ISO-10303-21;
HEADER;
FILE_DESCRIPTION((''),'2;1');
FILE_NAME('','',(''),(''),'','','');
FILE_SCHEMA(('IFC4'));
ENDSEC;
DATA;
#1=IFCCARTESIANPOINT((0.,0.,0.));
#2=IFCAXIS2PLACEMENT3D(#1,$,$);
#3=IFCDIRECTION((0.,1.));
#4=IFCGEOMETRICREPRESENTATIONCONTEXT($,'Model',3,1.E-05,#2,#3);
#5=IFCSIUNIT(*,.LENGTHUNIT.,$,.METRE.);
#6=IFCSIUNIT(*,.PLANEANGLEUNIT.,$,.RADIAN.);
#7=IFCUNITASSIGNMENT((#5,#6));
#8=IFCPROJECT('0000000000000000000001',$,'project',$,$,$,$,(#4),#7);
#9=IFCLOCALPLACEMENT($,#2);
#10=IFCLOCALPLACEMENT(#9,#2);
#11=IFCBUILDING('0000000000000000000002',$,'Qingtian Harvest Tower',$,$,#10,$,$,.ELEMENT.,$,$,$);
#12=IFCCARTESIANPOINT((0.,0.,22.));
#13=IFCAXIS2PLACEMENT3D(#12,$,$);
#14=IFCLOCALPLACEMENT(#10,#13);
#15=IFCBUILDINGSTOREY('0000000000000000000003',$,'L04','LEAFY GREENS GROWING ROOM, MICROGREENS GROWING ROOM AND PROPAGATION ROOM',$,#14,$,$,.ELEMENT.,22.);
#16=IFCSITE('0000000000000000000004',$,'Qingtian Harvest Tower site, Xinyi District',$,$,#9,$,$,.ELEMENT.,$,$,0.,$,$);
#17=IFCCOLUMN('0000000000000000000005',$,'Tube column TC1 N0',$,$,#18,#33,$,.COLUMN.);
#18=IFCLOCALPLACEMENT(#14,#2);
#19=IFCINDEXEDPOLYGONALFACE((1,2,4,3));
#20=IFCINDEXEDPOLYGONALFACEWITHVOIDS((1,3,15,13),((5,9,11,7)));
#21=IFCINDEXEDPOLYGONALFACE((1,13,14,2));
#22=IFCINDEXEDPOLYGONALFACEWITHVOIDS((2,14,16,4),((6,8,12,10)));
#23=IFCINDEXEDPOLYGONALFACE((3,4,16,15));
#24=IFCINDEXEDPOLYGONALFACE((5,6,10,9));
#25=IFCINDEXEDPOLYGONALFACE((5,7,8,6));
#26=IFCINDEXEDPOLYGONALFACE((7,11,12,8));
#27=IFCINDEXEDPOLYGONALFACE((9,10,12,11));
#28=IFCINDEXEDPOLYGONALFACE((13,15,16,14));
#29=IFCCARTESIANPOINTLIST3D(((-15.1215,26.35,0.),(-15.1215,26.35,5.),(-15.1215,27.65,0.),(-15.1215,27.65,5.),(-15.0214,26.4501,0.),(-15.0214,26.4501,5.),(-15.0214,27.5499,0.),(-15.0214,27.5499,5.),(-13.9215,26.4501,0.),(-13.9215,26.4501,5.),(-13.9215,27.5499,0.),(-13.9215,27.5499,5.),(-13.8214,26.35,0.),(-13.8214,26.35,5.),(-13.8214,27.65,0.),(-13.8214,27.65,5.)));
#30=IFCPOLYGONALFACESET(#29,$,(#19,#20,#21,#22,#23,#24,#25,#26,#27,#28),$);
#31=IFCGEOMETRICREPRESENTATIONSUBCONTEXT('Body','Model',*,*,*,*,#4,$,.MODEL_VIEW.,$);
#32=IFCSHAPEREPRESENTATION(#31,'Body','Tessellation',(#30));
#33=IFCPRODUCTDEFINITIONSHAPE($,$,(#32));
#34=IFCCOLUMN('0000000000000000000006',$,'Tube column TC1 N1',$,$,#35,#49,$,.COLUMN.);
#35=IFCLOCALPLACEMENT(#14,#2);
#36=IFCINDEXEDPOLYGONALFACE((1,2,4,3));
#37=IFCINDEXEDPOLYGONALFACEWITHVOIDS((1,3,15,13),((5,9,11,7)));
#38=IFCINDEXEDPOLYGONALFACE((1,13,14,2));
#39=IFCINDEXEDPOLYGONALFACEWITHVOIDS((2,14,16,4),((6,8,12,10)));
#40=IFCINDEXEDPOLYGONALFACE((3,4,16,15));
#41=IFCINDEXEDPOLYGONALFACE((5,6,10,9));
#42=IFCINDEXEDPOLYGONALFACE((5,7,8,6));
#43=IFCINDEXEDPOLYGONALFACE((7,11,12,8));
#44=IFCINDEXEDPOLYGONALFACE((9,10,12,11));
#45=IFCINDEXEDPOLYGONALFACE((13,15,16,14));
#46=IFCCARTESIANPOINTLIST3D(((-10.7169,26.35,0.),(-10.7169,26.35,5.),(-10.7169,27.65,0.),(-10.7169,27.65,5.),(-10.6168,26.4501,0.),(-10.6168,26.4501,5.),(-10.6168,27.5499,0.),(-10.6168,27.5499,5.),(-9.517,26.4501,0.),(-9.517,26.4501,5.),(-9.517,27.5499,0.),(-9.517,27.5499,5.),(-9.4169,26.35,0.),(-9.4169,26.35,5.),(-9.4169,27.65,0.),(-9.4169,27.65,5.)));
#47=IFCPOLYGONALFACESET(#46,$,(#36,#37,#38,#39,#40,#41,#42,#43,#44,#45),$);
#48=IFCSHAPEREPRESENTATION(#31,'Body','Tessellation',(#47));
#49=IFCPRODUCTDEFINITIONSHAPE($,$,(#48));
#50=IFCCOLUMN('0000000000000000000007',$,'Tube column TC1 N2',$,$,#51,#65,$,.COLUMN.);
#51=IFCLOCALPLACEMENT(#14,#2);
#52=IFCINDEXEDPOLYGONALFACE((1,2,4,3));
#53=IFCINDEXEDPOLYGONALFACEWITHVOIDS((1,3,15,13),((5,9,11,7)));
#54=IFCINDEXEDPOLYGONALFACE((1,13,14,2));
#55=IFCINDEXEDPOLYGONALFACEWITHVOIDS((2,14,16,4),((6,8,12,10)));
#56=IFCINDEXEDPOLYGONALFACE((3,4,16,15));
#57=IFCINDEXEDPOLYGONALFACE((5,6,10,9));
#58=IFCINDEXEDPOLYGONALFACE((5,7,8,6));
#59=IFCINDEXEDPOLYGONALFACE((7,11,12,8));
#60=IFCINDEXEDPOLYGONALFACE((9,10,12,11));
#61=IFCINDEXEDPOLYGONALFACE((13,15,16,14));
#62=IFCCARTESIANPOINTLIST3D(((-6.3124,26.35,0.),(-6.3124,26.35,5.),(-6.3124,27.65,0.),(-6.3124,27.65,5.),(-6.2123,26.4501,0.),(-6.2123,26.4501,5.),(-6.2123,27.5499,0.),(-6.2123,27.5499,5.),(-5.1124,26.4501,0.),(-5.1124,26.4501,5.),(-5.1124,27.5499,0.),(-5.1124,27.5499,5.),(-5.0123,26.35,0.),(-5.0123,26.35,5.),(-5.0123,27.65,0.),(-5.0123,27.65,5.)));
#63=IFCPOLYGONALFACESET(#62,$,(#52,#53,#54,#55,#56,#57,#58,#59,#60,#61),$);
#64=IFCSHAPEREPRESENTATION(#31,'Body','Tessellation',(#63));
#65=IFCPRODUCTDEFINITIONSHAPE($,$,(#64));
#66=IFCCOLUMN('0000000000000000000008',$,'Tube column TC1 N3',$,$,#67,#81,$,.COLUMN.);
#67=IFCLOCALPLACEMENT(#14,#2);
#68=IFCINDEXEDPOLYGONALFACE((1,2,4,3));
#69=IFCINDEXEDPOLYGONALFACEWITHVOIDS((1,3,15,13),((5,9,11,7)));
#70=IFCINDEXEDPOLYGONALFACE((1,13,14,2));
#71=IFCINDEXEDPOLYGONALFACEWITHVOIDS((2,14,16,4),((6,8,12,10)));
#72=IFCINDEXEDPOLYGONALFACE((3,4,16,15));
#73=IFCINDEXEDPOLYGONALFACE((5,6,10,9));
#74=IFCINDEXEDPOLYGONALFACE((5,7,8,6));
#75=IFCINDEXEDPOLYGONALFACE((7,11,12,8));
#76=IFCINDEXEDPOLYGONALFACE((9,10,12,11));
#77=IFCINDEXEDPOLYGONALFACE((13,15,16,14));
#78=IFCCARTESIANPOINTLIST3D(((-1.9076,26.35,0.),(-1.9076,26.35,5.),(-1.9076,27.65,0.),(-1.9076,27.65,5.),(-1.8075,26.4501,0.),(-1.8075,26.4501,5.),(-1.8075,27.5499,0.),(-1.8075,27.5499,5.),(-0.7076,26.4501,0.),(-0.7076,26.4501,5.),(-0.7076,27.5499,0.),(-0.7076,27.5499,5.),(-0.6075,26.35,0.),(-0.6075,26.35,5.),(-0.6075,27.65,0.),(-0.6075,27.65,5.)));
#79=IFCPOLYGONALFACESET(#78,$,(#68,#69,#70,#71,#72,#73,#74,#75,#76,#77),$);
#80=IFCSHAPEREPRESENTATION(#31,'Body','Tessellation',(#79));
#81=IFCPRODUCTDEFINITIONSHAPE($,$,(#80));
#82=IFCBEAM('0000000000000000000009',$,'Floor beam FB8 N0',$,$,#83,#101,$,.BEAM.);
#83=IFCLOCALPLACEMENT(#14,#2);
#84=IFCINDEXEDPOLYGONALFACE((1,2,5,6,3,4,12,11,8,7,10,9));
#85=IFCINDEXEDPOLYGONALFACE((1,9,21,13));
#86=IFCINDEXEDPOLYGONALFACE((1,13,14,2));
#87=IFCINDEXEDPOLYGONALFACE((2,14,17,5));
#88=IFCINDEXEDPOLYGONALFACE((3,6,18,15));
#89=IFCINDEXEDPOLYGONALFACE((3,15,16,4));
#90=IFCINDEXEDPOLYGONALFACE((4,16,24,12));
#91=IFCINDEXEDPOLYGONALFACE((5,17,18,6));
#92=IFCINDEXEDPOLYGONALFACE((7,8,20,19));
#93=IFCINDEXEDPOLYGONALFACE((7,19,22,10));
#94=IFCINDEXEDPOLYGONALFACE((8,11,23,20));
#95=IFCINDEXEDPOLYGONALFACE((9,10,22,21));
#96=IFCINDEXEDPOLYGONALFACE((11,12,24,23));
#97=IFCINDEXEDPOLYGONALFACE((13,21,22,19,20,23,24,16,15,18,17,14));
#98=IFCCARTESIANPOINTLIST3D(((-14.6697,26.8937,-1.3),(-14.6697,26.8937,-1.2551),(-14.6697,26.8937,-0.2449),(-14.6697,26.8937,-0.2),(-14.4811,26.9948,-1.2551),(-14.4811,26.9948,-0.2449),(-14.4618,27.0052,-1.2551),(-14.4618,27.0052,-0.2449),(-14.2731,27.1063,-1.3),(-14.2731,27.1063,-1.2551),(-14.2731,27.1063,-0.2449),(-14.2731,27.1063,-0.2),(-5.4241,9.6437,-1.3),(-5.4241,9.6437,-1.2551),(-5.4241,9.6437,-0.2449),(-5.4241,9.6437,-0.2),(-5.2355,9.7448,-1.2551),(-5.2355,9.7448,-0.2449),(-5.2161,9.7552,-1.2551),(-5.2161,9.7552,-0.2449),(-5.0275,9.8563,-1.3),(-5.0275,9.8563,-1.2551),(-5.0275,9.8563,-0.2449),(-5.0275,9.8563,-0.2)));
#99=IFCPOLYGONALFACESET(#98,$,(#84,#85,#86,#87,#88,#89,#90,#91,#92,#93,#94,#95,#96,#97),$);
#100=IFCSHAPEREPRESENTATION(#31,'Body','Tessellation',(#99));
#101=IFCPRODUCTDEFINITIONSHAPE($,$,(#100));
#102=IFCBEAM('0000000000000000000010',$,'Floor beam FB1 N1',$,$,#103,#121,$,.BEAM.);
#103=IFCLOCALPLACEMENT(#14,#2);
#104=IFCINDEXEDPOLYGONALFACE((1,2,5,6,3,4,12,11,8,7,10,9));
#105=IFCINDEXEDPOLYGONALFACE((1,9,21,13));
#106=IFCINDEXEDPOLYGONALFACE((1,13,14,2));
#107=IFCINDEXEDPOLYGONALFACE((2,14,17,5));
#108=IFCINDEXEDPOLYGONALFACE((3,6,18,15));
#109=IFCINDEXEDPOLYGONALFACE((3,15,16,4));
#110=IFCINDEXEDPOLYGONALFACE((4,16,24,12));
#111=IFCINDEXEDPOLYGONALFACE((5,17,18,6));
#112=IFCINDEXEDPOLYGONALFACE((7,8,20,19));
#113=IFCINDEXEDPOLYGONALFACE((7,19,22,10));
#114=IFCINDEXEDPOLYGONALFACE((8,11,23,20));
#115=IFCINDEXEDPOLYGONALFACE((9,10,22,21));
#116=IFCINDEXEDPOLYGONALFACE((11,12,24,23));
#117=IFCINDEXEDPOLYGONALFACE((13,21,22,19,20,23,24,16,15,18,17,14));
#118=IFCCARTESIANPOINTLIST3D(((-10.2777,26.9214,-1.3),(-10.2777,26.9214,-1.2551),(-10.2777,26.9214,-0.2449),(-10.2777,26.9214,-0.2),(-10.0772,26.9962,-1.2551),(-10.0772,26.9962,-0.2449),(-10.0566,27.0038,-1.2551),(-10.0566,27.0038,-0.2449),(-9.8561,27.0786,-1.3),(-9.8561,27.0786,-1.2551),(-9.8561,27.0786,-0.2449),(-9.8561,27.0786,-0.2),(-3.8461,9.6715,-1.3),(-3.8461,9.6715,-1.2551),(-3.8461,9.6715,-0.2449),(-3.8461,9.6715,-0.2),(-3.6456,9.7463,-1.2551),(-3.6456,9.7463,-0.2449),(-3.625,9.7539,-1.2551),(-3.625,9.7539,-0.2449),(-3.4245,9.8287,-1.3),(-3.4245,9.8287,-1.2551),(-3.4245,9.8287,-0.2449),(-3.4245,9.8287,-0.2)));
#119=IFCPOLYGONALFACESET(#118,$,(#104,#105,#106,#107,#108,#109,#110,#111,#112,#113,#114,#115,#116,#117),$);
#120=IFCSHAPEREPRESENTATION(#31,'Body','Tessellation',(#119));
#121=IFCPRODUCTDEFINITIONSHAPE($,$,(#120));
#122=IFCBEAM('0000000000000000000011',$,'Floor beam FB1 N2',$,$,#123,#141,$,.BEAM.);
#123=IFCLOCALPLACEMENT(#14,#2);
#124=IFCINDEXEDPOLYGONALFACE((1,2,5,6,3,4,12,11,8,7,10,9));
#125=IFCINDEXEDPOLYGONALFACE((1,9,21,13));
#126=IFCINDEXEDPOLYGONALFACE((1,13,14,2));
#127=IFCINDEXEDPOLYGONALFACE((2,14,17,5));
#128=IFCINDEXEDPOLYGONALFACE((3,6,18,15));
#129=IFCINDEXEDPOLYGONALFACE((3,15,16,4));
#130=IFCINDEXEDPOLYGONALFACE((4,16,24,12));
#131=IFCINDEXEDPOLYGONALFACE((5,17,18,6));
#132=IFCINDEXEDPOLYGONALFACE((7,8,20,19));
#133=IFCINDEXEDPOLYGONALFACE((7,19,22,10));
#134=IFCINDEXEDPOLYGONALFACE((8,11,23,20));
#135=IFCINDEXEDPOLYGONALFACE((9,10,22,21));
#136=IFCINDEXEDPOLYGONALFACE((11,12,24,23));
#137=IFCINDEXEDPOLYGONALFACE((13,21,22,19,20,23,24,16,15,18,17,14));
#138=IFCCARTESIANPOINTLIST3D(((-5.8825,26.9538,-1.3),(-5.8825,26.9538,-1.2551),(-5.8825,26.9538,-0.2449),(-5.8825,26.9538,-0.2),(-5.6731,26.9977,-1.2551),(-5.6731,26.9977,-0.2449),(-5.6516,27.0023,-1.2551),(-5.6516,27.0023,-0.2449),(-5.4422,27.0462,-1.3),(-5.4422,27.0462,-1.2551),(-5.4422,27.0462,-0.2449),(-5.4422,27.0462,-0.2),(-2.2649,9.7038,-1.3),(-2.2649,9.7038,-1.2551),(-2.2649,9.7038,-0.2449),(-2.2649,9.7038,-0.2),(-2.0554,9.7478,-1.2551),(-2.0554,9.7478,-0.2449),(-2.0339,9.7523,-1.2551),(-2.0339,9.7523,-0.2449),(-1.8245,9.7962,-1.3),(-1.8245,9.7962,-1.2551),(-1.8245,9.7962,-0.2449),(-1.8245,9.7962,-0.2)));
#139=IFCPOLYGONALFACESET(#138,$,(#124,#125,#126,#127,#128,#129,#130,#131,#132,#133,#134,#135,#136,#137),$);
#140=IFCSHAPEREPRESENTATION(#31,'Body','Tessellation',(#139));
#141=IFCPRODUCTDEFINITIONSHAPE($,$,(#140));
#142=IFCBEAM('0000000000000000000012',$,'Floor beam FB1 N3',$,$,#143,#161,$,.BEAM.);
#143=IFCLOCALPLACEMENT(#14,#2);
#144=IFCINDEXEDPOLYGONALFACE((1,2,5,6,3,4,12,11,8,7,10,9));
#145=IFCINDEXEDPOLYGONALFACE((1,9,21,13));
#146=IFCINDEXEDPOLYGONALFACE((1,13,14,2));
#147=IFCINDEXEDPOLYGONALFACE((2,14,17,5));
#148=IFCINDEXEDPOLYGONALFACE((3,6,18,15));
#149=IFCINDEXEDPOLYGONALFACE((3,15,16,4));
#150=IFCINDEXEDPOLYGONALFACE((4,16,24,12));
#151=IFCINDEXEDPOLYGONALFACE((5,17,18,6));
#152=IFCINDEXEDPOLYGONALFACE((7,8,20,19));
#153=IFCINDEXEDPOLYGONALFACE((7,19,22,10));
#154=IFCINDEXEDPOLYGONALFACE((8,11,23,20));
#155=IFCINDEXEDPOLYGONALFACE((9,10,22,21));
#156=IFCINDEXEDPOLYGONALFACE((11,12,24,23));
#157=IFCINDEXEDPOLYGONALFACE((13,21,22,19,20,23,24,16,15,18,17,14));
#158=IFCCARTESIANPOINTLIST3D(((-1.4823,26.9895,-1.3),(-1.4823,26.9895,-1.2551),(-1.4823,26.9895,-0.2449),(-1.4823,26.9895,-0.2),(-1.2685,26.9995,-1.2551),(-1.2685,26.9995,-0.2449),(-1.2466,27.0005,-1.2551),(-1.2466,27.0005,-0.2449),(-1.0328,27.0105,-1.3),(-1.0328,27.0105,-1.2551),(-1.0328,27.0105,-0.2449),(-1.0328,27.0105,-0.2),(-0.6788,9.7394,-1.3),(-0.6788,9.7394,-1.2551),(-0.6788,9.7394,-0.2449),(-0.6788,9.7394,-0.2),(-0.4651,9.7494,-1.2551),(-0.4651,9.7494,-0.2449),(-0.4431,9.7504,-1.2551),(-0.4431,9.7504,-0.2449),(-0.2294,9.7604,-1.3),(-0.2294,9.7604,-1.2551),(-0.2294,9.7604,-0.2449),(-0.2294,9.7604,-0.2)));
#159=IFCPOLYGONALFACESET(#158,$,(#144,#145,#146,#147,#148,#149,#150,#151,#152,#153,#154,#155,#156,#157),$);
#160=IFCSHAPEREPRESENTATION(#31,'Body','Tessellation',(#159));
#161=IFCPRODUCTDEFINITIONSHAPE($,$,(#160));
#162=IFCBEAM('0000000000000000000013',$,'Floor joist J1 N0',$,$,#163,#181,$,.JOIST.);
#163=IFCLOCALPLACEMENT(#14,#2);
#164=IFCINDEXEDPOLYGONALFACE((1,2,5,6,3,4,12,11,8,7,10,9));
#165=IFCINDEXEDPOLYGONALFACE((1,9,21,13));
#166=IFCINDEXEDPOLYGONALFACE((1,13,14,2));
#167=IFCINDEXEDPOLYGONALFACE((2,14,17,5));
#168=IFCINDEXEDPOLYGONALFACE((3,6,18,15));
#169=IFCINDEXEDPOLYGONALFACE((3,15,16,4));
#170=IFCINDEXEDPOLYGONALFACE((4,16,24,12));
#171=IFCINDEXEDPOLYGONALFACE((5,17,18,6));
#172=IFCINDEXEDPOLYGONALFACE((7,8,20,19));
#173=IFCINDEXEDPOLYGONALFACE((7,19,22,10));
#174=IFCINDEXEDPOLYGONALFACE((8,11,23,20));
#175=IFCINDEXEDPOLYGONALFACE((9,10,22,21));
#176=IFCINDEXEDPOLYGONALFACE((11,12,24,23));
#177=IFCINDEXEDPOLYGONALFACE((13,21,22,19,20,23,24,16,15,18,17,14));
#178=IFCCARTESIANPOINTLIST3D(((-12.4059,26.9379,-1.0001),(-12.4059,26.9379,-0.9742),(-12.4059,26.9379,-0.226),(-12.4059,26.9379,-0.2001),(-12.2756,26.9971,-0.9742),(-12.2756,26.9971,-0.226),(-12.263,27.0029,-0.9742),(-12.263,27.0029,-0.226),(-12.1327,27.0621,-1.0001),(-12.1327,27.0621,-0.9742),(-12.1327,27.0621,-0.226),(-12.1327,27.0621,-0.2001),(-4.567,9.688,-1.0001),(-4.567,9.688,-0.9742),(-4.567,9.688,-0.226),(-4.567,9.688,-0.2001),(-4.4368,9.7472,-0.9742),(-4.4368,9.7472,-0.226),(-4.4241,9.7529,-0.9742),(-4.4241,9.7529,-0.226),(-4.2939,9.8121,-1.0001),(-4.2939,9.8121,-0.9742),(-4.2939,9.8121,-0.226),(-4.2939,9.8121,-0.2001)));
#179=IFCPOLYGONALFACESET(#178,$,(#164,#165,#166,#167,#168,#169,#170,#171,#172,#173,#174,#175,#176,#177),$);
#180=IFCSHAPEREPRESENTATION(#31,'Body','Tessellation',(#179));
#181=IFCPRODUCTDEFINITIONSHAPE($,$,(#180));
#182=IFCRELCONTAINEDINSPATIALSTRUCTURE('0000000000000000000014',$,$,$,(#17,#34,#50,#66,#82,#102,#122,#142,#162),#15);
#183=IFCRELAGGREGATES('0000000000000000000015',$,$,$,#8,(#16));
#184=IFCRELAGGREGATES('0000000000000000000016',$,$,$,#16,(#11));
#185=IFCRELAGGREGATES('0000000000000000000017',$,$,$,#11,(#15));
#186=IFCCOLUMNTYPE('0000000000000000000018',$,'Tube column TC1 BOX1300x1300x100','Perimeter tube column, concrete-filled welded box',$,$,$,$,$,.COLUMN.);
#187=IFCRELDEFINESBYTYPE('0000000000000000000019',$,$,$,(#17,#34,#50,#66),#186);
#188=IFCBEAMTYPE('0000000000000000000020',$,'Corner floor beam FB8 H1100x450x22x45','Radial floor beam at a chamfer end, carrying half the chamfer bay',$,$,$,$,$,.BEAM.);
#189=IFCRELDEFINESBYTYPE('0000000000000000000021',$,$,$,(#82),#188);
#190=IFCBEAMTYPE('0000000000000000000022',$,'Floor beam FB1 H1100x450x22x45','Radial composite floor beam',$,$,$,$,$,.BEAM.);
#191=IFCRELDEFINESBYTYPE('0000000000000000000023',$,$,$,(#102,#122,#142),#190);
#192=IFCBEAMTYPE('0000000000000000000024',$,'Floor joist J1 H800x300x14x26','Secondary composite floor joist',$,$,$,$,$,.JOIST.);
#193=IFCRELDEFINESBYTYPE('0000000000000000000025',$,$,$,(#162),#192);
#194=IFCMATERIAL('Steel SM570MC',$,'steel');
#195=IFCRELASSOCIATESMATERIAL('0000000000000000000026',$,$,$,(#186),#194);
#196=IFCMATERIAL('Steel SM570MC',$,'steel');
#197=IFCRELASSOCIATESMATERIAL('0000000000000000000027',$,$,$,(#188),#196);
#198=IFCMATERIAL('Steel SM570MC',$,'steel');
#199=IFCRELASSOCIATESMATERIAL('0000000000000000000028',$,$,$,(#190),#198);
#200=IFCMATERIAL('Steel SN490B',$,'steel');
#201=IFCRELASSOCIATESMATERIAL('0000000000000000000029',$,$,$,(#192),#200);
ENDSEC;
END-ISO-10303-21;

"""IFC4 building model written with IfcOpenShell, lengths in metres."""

from ifc_helpers import new_model, si_unit, direction, frame, origin, origin_2d, place, context, subcontext, project, spatial, hollow_rectangle, i_section, extrude, material, material_profile, profile_set, type_object, element, save


model = new_model("IFC4")

# Units and contexts
model_context = context("Model", 3, precision=1e-05, world=origin(), true_north=direction((0.0, 1.0)))
body_context = subcontext(model_context, "Body", "Model", "MODEL_VIEW")
ifc_project = project(units=[si_unit("LENGTHUNIT", "METRE"), si_unit("PLANEANGLEUNIT", "RADIAN")], contexts=[model_context])

# Site, building, storey
site_placement = place(None, origin())
site = spatial("IfcSite", under=ifc_project, at=site_placement, Name="Qingtian Harvest Tower site, Xinyi District", CompositionType="ELEMENT", RefElevation=0.0)
building_placement = place(site_placement, origin())
building = spatial("IfcBuilding", under=site, at=building_placement, Name="Qingtian Harvest Tower", CompositionType="ELEMENT")
storey_placement = place(building_placement, frame((0.0, 0.0, 22.0)))
storey = spatial("IfcBuildingStorey", under=building, at=storey_placement, Name="L04", Description="LEAFY GREENS GROWING ROOM, MICROGREENS GROWING ROOM AND PROPAGATION ROOM", CompositionType="ELEMENT", Elevation=22.0)

# Columns
ifc_material_1 = material(Name="Steel SM570MC", Category="steel")
ifc_material_profile_1 = material_profile(ifc_material_1, hollow_rectangle(XDim=1.3, YDim=1.3, WallThickness=0.1001, at=origin_2d()), Name="BOX1300x1300x100")
ifc_profile_set_1 = profile_set([ifc_material_profile_1], Name="Steel SM570MC")
column_type = type_object("IfcColumnType", Name="Tube column TC1 BOX1300x1300x100", Description="Perimeter tube column, concrete-filled welded box", PredefinedType="COLUMN", material=ifc_profile_set_1)
for number, where, z_axis, x_axis, name in (
    (1, (-14.4714, 27.0, 0.0), (0.0, 0.0, 1.0), (-1.0, 0.0, 0.0), "Tube column TC1 N0"),
    (2, (-10.0669, 27.0, 0.0), (0.0, 0.0, 1.0), (-1.0, 0.0, 0.0), "Tube column TC1 N1"),
    (3, (-5.6624, 27.0, 0.0), (0.0, 0.0, 1.0), (-1.0, 0.0, 0.0), "Tube column TC1 N2"),
    (4, (-1.2576, 27.0, 0.0), (0.0, 0.0, 1.0), (-1.0, 0.0, 0.0), "Tube column TC1 N3"),
):
    element("IfcColumn", number, at=place(storey_placement, frame(where, z_axis=z_axis, x_axis=x_axis)), inside=storey, type_object=column_type, Name=name, PredefinedType="COLUMN", context=body_context, shape_type="SweptSolid", body=[
        extrude(hollow_rectangle(XDim=1.3, YDim=1.3, WallThickness=0.1001, at=origin_2d()), origin(), (0.0, 0.0, 1.0), 5.0),
    ])

# Beams
ifc_material_2 = material(Name="Steel SM570MC", Category="steel")
ifc_material_profile_2 = material_profile(ifc_material_2, i_section(OverallWidth=0.45, OverallDepth=1.1001, WebThickness=0.022, FlangeThickness=0.0449, at=origin_2d()), Name="H1100x450x22x45")
ifc_profile_set_2 = profile_set([ifc_material_profile_2], Name="Steel SM570MC")
beam_type_1 = type_object("IfcBeamType", Name="Corner floor beam FB8 H1100x450x22x45", Description="Radial floor beam at a chamfer end, carrying half the chamfer bay", PredefinedType="BEAM", material=ifc_profile_set_2)
beam_1_placement = place(storey_placement, frame((-14.4714, 27.0, -0.75), z_axis=(0.472401, -0.881384, 0.0), x_axis=(0.881384, 0.472401, 0.0)))
element("IfcBeam", 5, at=beam_1_placement, inside=storey, type_object=beam_type_1, Name="Floor beam FB8 N0", PredefinedType="BEAM", context=body_context, shape_type="SweptSolid", body=[
    extrude(i_section(OverallWidth=0.45, OverallDepth=1.1001, WebThickness=0.022, FlangeThickness=0.0449, at=origin_2d()), origin(), (0.0, 0.0, 1.0), 19.5715),
])
ifc_material_3 = material(Name="Steel SM570MC", Category="steel")
ifc_material_profile_3 = material_profile(ifc_material_3, i_section(OverallWidth=0.45, OverallDepth=1.1001, WebThickness=0.022, FlangeThickness=0.0449, at=origin_2d()), Name="H1100x450x22x45")
ifc_profile_set_3 = profile_set([ifc_material_profile_3], Name="Steel SM570MC")
beam_type_2 = type_object("IfcBeamType", Name="Floor beam FB1 H1100x450x22x45", Description="Radial composite floor beam", PredefinedType="BEAM", material=ifc_profile_set_3)
beam_2_placement = place(storey_placement, frame((-10.0669, 27.0, -0.75), z_axis=(0.349356, -0.93699, 0.0), x_axis=(0.93699, 0.349356, 0.0)))
element("IfcBeam", 6, at=beam_2_placement, inside=storey, type_object=beam_type_2, Name="Floor beam FB1 N1", PredefinedType="BEAM", context=body_context, shape_type="SweptSolid", body=[
    extrude(i_section(OverallWidth=0.45, OverallDepth=1.1001, WebThickness=0.022, FlangeThickness=0.0449, at=origin_2d()), origin(), (0.0, 0.0, 1.0), 18.4099),
])
beam_3_placement = place(storey_placement, frame((-5.6624, 27.0, -0.75), z_axis=(0.205255, -0.978709, 0.0), x_axis=(0.978709, 0.205255, 0.0)))
element("IfcBeam", 7, at=beam_3_placement, inside=storey, type_object=beam_type_2, Name="Floor beam FB1 N2", PredefinedType="BEAM", context=body_context, shape_type="SweptSolid", body=[
    extrude(i_section(OverallWidth=0.45, OverallDepth=1.1001, WebThickness=0.022, FlangeThickness=0.0449, at=origin_2d()), origin(), (0.0, 0.0, 1.0), 17.6252),
])
beam_4_placement = place(storey_placement, frame((-1.2576, 27.0, -0.75), z_axis=(0.046527, -0.998917, 0.0), x_axis=(0.998917, 0.046527, 0.0)))
element("IfcBeam", 8, at=beam_4_placement, inside=storey, type_object=beam_type_2, Name="Floor beam FB1 N3", PredefinedType="BEAM", context=body_context, shape_type="SweptSolid", body=[
    extrude(i_section(OverallWidth=0.45, OverallDepth=1.1001, WebThickness=0.022, FlangeThickness=0.0449, at=origin_2d()), origin(), (0.0, 0.0, 1.0), 17.2688),
])
ifc_material_4 = material(Name="Steel SN490B", Category="steel")
ifc_material_profile_4 = material_profile(ifc_material_4, i_section(OverallWidth=0.3, OverallDepth=0.8, WebThickness=0.0139, FlangeThickness=0.0259, at=origin_2d()), Name="H800x300x14x26")
ifc_profile_set_4 = profile_set([ifc_material_profile_4], Name="Steel SN490B")
beam_type_3 = type_object("IfcBeamType", Name="Floor joist J1 H800x300x14x26", Description="Secondary composite floor joist", PredefinedType="JOIST", material=ifc_profile_set_4)
beam_5_placement = place(storey_placement, frame((-12.2693, 27.0, -0.6001), z_axis=(0.413714, -0.910407, 0.0), x_axis=(0.910407, 0.413714, 0.0)))
element("IfcBeam", 9, at=beam_5_placement, inside=storey, type_object=beam_type_3, Name="Floor joist J1 N0", PredefinedType="JOIST", context=body_context, shape_type="SweptSolid", body=[
    extrude(i_section(OverallWidth=0.3, OverallDepth=0.8, WebThickness=0.0139, FlangeThickness=0.0259, at=origin_2d()), origin(), (0.0, 0.0, 1.0), 18.9475),
])

save(model, "model.ifc")
